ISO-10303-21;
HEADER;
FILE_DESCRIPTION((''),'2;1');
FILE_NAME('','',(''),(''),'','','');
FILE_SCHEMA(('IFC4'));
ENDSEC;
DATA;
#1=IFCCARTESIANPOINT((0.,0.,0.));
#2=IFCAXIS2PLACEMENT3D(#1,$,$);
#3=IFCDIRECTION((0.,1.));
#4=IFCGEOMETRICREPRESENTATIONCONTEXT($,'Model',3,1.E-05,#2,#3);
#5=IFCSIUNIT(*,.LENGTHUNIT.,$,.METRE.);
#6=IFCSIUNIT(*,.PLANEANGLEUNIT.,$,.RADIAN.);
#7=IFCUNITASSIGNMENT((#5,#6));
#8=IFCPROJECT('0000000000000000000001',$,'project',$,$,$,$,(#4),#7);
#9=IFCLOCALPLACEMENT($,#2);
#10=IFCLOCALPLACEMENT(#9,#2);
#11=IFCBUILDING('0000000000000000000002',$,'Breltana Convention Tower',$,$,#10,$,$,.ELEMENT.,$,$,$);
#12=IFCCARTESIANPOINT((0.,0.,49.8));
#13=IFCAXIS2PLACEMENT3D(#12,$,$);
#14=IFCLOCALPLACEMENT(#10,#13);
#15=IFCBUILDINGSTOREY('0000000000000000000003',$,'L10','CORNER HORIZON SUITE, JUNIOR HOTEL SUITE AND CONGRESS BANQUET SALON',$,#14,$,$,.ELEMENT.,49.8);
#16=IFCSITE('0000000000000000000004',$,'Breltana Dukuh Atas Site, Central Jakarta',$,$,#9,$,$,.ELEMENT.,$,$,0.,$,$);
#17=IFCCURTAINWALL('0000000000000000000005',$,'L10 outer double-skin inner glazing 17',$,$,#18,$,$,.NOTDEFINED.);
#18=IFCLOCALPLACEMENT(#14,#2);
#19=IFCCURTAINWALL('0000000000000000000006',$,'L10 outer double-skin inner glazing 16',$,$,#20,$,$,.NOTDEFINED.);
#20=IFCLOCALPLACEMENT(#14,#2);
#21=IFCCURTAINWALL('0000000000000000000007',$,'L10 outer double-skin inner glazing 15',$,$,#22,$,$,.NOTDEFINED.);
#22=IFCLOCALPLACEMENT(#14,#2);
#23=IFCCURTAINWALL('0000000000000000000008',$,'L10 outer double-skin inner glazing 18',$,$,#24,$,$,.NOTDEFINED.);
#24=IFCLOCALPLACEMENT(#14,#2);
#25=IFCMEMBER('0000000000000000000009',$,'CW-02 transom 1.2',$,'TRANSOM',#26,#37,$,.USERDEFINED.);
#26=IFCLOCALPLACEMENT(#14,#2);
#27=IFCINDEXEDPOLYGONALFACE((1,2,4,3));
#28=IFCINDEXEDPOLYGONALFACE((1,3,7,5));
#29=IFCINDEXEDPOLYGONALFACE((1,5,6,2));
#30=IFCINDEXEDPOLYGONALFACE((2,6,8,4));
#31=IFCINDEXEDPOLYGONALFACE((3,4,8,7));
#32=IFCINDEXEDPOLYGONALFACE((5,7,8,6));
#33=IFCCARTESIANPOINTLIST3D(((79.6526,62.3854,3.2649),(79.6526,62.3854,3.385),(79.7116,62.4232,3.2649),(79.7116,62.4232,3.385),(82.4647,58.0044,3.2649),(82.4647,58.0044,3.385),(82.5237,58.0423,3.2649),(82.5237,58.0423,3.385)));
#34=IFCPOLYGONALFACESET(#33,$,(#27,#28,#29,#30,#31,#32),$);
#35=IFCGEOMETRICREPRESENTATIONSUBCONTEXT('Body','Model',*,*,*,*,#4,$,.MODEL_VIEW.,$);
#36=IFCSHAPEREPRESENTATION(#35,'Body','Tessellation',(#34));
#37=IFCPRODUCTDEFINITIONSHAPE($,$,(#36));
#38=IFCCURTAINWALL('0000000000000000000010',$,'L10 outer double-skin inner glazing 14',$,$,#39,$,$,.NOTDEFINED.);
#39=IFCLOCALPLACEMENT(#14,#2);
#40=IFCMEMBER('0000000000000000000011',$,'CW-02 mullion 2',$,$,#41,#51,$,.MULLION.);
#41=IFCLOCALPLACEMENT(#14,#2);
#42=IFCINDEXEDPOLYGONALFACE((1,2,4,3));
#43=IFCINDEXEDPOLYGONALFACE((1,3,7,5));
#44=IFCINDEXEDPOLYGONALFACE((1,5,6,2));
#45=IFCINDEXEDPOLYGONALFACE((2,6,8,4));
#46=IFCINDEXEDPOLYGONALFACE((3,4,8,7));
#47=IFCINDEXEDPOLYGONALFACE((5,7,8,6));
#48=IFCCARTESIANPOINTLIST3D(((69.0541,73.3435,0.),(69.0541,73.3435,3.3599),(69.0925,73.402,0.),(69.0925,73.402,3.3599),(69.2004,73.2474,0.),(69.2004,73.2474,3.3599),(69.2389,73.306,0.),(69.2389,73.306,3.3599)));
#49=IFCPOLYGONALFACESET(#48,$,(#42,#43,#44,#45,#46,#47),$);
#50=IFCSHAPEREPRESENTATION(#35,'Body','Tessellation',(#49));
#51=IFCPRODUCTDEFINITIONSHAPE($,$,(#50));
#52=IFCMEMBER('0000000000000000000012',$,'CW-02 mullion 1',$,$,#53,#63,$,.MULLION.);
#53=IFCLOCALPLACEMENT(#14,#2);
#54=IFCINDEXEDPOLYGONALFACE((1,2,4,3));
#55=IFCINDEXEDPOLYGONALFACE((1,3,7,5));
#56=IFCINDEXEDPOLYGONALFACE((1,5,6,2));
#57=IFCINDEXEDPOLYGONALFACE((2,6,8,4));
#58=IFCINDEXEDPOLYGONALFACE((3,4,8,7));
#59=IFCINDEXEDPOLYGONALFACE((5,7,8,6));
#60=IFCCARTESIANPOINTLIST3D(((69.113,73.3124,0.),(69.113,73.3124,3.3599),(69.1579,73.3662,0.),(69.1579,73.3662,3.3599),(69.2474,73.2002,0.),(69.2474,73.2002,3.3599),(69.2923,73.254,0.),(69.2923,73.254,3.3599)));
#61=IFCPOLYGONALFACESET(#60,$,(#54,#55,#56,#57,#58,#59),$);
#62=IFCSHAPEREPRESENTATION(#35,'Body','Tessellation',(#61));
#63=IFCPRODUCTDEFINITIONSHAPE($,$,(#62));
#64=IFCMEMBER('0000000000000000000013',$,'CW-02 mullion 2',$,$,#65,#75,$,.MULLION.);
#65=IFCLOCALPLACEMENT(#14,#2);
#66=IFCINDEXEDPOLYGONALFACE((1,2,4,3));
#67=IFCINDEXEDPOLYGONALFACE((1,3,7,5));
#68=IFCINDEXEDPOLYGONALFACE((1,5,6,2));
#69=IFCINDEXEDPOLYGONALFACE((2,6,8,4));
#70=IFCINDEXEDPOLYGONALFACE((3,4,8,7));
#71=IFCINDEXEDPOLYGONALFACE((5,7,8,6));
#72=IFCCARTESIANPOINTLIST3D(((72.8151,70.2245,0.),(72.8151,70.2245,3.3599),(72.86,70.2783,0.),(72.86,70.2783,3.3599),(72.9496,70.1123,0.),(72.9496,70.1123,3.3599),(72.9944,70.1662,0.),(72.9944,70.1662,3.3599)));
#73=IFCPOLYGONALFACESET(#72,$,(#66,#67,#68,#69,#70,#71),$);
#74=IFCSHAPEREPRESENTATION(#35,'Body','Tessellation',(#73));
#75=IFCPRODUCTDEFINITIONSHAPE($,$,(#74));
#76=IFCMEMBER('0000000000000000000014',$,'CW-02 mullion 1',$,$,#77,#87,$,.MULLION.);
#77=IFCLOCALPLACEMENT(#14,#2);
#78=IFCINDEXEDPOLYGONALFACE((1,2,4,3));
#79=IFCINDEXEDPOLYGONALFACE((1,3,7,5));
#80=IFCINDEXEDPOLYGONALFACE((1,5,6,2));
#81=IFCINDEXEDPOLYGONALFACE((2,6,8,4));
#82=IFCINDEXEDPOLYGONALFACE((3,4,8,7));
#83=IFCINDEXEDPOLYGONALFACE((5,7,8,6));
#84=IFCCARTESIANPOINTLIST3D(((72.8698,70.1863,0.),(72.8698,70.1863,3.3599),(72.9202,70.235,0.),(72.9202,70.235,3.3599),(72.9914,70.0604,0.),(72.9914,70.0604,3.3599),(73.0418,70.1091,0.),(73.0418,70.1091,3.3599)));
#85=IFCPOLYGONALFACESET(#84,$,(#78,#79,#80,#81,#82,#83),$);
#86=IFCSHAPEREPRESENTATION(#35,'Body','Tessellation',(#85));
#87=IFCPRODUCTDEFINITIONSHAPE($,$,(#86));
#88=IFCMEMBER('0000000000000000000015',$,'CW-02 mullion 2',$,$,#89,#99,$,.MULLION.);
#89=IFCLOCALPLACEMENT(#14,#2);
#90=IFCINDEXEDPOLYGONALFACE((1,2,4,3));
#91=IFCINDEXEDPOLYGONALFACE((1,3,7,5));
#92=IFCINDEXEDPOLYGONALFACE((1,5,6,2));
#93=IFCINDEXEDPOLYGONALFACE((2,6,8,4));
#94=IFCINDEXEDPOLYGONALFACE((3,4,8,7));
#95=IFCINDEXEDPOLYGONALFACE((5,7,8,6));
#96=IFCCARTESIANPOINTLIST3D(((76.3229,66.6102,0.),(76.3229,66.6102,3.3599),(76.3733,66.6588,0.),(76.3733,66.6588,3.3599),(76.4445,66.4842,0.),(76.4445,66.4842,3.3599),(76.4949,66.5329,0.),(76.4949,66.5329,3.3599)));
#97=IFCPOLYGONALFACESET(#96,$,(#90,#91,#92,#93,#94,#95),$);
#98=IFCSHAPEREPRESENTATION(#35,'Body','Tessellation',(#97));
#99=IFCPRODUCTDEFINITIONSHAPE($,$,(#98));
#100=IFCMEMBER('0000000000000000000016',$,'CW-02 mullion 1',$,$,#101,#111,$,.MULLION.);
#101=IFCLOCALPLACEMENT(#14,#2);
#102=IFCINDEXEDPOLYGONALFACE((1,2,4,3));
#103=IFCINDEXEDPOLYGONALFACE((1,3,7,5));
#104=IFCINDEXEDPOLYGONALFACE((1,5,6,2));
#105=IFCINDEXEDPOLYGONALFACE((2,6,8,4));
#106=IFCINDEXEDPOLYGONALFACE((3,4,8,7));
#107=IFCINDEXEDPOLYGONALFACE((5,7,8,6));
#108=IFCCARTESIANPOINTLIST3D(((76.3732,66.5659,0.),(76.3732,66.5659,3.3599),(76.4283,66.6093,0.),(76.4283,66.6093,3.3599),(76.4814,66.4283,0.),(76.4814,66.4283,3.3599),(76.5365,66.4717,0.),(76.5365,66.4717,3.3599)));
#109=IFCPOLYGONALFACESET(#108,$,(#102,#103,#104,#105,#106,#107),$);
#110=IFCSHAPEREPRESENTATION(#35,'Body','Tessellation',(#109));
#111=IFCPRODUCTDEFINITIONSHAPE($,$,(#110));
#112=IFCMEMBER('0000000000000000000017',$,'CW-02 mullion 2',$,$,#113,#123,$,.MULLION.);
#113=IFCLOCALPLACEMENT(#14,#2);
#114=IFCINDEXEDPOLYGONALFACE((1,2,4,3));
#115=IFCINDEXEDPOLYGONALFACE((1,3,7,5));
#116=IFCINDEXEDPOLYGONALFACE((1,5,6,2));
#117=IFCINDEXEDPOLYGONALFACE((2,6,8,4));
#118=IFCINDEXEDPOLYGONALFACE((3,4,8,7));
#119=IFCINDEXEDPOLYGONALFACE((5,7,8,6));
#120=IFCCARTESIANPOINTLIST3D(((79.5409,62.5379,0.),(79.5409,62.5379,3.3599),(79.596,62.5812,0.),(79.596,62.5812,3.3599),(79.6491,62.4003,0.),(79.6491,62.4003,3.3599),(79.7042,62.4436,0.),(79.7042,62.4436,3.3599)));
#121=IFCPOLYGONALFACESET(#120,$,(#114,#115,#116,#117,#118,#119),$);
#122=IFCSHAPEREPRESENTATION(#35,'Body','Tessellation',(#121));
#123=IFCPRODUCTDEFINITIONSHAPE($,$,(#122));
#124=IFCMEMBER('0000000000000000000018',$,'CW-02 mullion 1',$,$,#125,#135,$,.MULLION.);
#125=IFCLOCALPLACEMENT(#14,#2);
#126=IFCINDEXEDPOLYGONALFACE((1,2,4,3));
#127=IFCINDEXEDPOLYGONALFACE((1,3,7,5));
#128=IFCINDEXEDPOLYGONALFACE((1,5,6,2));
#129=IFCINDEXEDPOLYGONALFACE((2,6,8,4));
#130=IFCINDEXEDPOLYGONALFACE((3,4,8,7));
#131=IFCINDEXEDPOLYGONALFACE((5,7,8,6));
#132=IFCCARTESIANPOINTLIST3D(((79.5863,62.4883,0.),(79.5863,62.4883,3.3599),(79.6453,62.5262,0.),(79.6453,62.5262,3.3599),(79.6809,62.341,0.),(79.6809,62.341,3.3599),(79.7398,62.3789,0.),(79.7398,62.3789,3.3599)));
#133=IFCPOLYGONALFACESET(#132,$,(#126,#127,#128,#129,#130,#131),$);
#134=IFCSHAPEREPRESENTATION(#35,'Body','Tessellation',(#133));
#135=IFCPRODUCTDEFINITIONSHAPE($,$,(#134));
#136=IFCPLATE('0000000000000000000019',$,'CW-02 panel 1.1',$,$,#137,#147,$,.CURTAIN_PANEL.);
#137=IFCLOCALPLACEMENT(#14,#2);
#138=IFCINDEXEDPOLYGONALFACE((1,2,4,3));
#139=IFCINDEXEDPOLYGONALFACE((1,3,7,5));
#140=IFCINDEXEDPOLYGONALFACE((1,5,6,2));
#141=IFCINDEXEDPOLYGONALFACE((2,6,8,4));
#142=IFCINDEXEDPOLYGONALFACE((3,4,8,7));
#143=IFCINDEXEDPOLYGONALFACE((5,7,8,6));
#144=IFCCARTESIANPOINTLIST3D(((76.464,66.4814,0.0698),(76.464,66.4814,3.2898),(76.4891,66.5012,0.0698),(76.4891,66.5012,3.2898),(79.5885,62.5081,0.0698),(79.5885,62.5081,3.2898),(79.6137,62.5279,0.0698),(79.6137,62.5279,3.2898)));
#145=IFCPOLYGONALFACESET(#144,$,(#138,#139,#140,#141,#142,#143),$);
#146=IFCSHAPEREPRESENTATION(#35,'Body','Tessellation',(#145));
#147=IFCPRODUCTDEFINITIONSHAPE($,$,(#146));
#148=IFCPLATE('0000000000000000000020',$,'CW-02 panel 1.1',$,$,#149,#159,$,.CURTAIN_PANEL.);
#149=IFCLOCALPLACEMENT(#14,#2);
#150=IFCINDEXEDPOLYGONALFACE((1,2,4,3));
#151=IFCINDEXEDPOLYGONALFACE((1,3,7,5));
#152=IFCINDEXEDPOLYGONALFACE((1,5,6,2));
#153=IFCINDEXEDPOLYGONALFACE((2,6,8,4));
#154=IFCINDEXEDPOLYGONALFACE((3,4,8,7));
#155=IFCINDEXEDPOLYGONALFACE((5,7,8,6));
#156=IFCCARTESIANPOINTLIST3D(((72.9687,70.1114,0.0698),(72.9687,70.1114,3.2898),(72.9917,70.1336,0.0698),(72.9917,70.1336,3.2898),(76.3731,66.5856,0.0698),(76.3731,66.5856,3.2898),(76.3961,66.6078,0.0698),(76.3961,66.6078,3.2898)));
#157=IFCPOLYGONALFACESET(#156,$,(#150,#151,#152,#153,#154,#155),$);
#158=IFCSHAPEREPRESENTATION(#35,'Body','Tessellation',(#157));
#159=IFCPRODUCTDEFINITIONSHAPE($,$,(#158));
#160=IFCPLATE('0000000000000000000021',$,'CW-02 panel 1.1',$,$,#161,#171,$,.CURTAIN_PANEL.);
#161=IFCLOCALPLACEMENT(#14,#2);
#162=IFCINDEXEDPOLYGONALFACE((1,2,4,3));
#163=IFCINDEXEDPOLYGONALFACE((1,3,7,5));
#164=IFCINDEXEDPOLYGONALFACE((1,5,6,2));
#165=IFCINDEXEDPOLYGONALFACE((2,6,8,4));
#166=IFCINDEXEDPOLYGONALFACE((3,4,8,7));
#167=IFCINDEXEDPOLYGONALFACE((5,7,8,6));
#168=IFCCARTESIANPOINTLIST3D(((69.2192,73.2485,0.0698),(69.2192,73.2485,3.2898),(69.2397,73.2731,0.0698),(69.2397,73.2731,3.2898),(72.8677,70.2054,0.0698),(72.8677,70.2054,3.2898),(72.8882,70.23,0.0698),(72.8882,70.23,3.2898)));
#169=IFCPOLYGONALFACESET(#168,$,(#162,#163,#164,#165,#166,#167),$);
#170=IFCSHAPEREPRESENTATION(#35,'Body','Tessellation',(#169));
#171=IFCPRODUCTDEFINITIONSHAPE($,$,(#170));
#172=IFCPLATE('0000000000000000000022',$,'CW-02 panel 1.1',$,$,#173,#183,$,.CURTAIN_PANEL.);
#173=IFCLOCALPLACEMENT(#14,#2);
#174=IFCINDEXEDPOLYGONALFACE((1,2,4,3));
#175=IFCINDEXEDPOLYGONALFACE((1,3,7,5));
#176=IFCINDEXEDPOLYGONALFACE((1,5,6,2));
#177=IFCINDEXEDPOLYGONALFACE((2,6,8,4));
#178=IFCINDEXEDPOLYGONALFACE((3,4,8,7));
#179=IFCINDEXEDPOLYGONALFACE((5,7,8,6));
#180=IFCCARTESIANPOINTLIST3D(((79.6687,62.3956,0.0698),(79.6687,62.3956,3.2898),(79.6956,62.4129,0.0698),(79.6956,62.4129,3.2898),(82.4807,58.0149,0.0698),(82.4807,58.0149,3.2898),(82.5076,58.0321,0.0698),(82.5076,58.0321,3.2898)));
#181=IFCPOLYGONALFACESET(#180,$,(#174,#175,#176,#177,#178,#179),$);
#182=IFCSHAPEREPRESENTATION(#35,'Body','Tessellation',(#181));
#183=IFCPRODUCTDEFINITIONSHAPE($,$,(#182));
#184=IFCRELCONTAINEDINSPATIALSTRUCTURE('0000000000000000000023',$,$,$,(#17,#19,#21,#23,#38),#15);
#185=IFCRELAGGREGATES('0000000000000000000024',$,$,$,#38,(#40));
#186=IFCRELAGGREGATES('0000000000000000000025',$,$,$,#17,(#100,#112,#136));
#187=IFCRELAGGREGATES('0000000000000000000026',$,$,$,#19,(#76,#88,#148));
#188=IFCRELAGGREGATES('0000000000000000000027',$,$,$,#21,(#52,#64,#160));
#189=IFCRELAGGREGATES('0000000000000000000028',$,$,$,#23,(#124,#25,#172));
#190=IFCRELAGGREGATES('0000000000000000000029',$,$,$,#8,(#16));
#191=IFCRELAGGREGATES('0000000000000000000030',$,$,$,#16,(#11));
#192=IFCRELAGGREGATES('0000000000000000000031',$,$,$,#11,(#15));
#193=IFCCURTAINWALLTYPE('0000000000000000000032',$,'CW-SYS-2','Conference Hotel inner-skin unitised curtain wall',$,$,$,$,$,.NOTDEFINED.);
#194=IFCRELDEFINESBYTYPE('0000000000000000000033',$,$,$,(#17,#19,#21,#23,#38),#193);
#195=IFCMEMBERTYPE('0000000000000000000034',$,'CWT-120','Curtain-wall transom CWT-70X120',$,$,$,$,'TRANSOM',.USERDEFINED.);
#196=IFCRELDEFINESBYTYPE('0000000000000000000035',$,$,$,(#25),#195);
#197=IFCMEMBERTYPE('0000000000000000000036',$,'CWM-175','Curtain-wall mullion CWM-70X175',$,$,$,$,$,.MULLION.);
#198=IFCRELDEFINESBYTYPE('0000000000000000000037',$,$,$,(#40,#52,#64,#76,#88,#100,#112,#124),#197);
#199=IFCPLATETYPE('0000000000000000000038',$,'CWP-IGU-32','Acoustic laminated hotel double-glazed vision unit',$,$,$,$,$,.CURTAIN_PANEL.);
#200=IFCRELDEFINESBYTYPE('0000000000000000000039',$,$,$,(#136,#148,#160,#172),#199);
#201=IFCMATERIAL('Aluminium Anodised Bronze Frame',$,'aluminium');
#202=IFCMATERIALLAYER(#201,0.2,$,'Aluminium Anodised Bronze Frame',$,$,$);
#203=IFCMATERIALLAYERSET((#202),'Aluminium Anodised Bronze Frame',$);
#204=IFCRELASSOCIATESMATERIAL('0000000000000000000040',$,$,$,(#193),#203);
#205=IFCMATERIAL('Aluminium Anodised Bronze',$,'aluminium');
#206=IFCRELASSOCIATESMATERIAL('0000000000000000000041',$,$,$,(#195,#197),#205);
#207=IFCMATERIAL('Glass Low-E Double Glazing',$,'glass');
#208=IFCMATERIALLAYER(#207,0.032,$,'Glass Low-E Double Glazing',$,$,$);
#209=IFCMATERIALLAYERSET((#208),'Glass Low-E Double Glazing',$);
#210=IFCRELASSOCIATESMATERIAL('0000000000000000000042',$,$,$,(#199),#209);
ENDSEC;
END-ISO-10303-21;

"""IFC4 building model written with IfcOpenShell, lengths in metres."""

from ifc_helpers import new_model, si_unit, direction, frame, origin, origin_2d, place, context, subcontext, project, spatial, rectangle, extrude, source, transform, mapped, material, layer, layer_set, material_profile, profile_set, type_object, element, aggregate, save


model = new_model("IFC4")

# Units and contexts
model_context = context("Model", 3, precision=1e-05, world=origin(), true_north=direction((0.0, 1.0)))
body_context = subcontext(model_context, "Body", "Model", "MODEL_VIEW")
ifc_project = project(units=[si_unit("LENGTHUNIT", "METRE"), si_unit("PLANEANGLEUNIT", "RADIAN")], contexts=[model_context])

# Site, building, storey
site_placement = place(None, origin())
site = spatial("IfcSite", under=ifc_project, at=site_placement, Name="Breltana Dukuh Atas Site, Central Jakarta", CompositionType="ELEMENT", RefElevation=0.0)
building_placement = place(site_placement, origin())
building = spatial("IfcBuilding", under=site, at=building_placement, Name="Breltana Convention Tower", CompositionType="ELEMENT")
storey_placement = place(building_placement, frame((0.0, 0.0, 49.8)))
storey = spatial("IfcBuildingStorey", under=building, at=storey_placement, Name="L10", Description="CORNER HORIZON SUITE, JUNIOR HOTEL SUITE AND CONGRESS BANQUET SALON", CompositionType="ELEMENT", Elevation=49.8)

# Curtain walls, member
ifc_material_1 = material(Name="Aluminium Anodised Bronze Frame", Category="aluminium")
ifc_layer_1 = layer(ifc_material_1, 0.2, Name="Aluminium Anodised Bronze Frame")
ifc_layer_set_1 = layer_set([ifc_layer_1], Name="Aluminium Anodised Bronze Frame")
curtain_wall_type = type_object("IfcCurtainWallType", Name="CW-SYS-2", Description="Conference Hotel inner-skin unitised curtain wall", PredefinedType="NOTDEFINED", material=ifc_layer_set_1)
curtain_wall_1_placement = place(storey_placement, origin())
curtain_wall_1 = element("IfcCurtainWall", 1, at=curtain_wall_1_placement, inside=storey, type_object=curtain_wall_type, Name="L10 outer double-skin inner glazing 17", PredefinedType="NOTDEFINED")
ifc_material_2 = material(Name="Aluminium Anodised Bronze", Category="aluminium")
ifc_material_profile_1 = material_profile(ifc_material_2, rectangle(XDim=0.0701, YDim=0.1201, at=origin_2d()), Name="CWT-70X120")
ifc_profile_set_1 = profile_set([ifc_material_profile_1], Name="Aluminium Anodised Bronze")
member_type_1 = type_object("IfcMemberType", Name="CWT-120", Description="Curtain-wall transom CWT-70X120", ElementType="TRANSOM", PredefinedType="USERDEFINED", material=ifc_profile_set_1)
curtain_wall_2_placement = place(storey_placement, origin())
curtain_wall_2 = element("IfcCurtainWall", 2, at=curtain_wall_2_placement, inside=storey, type_object=curtain_wall_type, Name="L10 outer double-skin inner glazing 16", PredefinedType="NOTDEFINED")
curtain_wall_3_placement = place(storey_placement, origin())
curtain_wall_3 = element("IfcCurtainWall", 3, at=curtain_wall_3_placement, inside=storey, type_object=curtain_wall_type, Name="L10 outer double-skin inner glazing 15", PredefinedType="NOTDEFINED")
curtain_wall_4_placement = place(storey_placement, origin())
curtain_wall_4 = element("IfcCurtainWall", 4, at=curtain_wall_4_placement, inside=storey, type_object=curtain_wall_type, Name="L10 outer double-skin inner glazing 18", PredefinedType="NOTDEFINED")
shared_shape_1 = source(origin(), body_context, "Body", "SweptSolid", [
    extrude(rectangle(XDim=0.0701, YDim=0.1201, at=origin_2d()), origin(), (0.0, 0.0, 1.0), 5.2058),
])
member_1_placement = place(storey_placement, frame((79.6821, 62.4043, 3.325), z_axis=(0.540179, -0.84155, 0.0), x_axis=(0.84155, 0.540179, 0.0)))
member_1 = element("IfcMember", 5, at=member_1_placement, type_object=member_type_1, Name="CW-02 transom 1.2", ObjectType="TRANSOM", PredefinedType="USERDEFINED", context=body_context, shape_type="MappedRepresentation", body=[
    mapped(shared_shape_1, transform((0.0, 0.0, 0.0), scale=1.0)),
])

# Curtain wall, member
curtain_wall_5_placement = place(storey_placement, origin())
curtain_wall_5 = element("IfcCurtainWall", 6, at=curtain_wall_5_placement, inside=storey, type_object=curtain_wall_type, Name="L10 outer double-skin inner glazing 14", PredefinedType="NOTDEFINED")
ifc_material_profile_2 = material_profile(ifc_material_2, rectangle(XDim=0.0701, YDim=0.175, at=origin_2d()), Name="CWM-70X175")
ifc_profile_set_2 = profile_set([ifc_material_profile_2], Name="Aluminium Anodised Bronze")
member_type_2 = type_object("IfcMemberType", Name="CWM-175", Description="Curtain-wall mullion CWM-70X175", PredefinedType="MULLION", material=ifc_profile_set_2)
shared_shape_2 = source(origin(), body_context, "Body", "SweptSolid", [
    extrude(rectangle(XDim=0.0701, YDim=0.175, at=origin_2d()), origin(), (0.0, 0.0, 1.0), 3.3599),
])
member_2_placement = place(storey_placement, frame((69.1465, 73.3247, 0.0), z_axis=(0.0, 0.0, 1.0), x_axis=(0.548784, 0.835964, 0.0)))
member_2 = element("IfcMember", 7, at=member_2_placement, type_object=member_type_2, Name="CW-02 mullion 2", PredefinedType="MULLION", context=body_context, shape_type="MappedRepresentation", body=[
    mapped(shared_shape_2, transform((0.0, 0.0, 0.0), scale=1.0)),
])
aggregate(curtain_wall_5, [member_2])

# Members
member_3_placement = place(storey_placement, frame((69.2026, 73.2832, 0.0), z_axis=(0.0, 0.0, 1.0), x_axis=(0.64052, 0.767941, 0.0)))
member_3 = element("IfcMember", 8, at=member_3_placement, type_object=member_type_2, Name="CW-02 mullion 1", PredefinedType="MULLION", context=body_context, shape_type="MappedRepresentation", body=[
    mapped(shared_shape_2, transform((0.0, 0.0, 0.0), scale=1.0)),
])
member_4_placement = place(storey_placement, frame((72.9048, 70.1953, 0.0), z_axis=(0.0, 0.0, 1.0), x_axis=(0.64052, 0.767941, 0.0)))
member_4 = element("IfcMember", 9, at=member_4_placement, type_object=member_type_2, Name="CW-02 mullion 2", PredefinedType="MULLION", context=body_context, shape_type="MappedRepresentation", body=[
    mapped(shared_shape_2, transform((0.0, 0.0, 0.0), scale=1.0)),
])
member_5_placement = place(storey_placement, frame((72.9558, 70.1477, 0.0), z_axis=(0.0, 0.0, 1.0), x_axis=(0.719386, 0.69461, 0.0)))
member_5 = element("IfcMember", 10, at=member_5_placement, type_object=member_type_2, Name="CW-02 mullion 1", PredefinedType="MULLION", context=body_context, shape_type="MappedRepresentation", body=[
    mapped(shared_shape_2, transform((0.0, 0.0, 0.0), scale=1.0)),
])
member_6_placement = place(storey_placement, frame((76.4089, 66.5715, 0.0), z_axis=(0.0, 0.0, 1.0), x_axis=(0.719386, 0.69461, 0.0)))
member_6 = element("IfcMember", 11, at=member_6_placement, type_object=member_type_2, Name="CW-02 mullion 2", PredefinedType="MULLION", context=body_context, shape_type="MappedRepresentation", body=[
    mapped(shared_shape_2, transform((0.0, 0.0, 0.0), scale=1.0)),
])
member_7_placement = place(storey_placement, frame((76.4548, 66.5188, 0.0), z_axis=(0.0, 0.0, 1.0), x_axis=(0.786057, 0.618154, 0.0)))
member_7 = element("IfcMember", 12, at=member_7_placement, type_object=member_type_2, Name="CW-02 mullion 1", PredefinedType="MULLION", context=body_context, shape_type="MappedRepresentation", body=[
    mapped(shared_shape_2, transform((0.0, 0.0, 0.0), scale=1.0)),
])
member_8_placement = place(storey_placement, frame((79.6226, 62.4907, 0.0), z_axis=(0.0, 0.0, 1.0), x_axis=(0.786057, 0.618154, 0.0)))
member_8 = element("IfcMember", 13, at=member_8_placement, type_object=member_type_2, Name="CW-02 mullion 2", PredefinedType="MULLION", context=body_context, shape_type="MappedRepresentation", body=[
    mapped(shared_shape_2, transform((0.0, 0.0, 0.0), scale=1.0)),
])
member_9_placement = place(storey_placement, frame((79.6631, 62.4336, 0.0), z_axis=(0.0, 0.0, 1.0), x_axis=(0.841549, 0.540181, 0.0)))
member_9 = element("IfcMember", 14, at=member_9_placement, type_object=member_type_2, Name="CW-02 mullion 1", PredefinedType="MULLION", context=body_context, shape_type="MappedRepresentation", body=[
    mapped(shared_shape_2, transform((0.0, 0.0, 0.0), scale=1.0)),
])

# Plates
ifc_material_3 = material(Name="Glass Low-E Double Glazing", Category="glass")
ifc_layer_2 = layer(ifc_material_3, 0.032, Name="Glass Low-E Double Glazing")
ifc_layer_set_2 = layer_set([ifc_layer_2], Name="Glass Low-E Double Glazing")
plate_type = type_object("IfcPlateType", Name="CWP-IGU-32", Description="Acoustic laminated hotel double-glazed vision unit", PredefinedType="CURTAIN_PANEL", material=ifc_layer_set_2)
shared_shape_3 = source(origin(), body_context, "Body", "SweptSolid", [
    extrude(rectangle(XDim=5.0547, YDim=0.032, at=origin_2d()), origin(), (0.0, 0.0, 1.0), 3.22),
])
plate_1_placement = place(storey_placement, frame((78.0388, 64.5046, 0.0698), z_axis=(0.0, 0.0, 1.0), x_axis=(0.618154, -0.786057, 0.0)))
plate_1 = element("IfcPlate", 15, at=plate_1_placement, type_object=plate_type, Name="CW-02 panel 1.1", PredefinedType="CURTAIN_PANEL", context=body_context, shape_type="MappedRepresentation", body=[
    mapped(shared_shape_3, transform((0.0, 0.0, 0.0), scale=1.0)),
])
aggregate(curtain_wall_1, [member_7, member_8, plate_1])
shared_shape_4 = source(origin(), body_context, "Body", "SweptSolid", [
    extrude(rectangle(XDim=4.9011, YDim=0.032, at=origin_2d()), origin(), (0.0, 0.0, 1.0), 3.22),
])
plate_2_placement = place(storey_placement, frame((74.6824, 68.3596, 0.0698), z_axis=(0.0, 0.0, 1.0), x_axis=(0.69461, -0.719386, 0.0)))
plate_2 = element("IfcPlate", 16, at=plate_2_placement, type_object=plate_type, Name="CW-02 panel 1.1", PredefinedType="CURTAIN_PANEL", context=body_context, shape_type="MappedRepresentation", body=[
    mapped(shared_shape_4, transform((0.0, 0.0, 0.0), scale=1.0)),
])
aggregate(curtain_wall_2, [member_5, member_6, plate_2])
shared_shape_5 = source(origin(), body_context, "Body", "SweptSolid", [
    extrude(rectangle(XDim=4.751, YDim=0.032, at=origin_2d()), origin(), (0.0, 0.0, 1.0), 3.22),
])
plate_3_placement = place(storey_placement, frame((71.0537, 71.7393, 0.0698), z_axis=(0.0, 0.0, 1.0), x_axis=(0.767941, -0.64052, 0.0)))
plate_3 = element("IfcPlate", 17, at=plate_3_placement, type_object=plate_type, Name="CW-02 panel 1.1", PredefinedType="CURTAIN_PANEL", context=body_context, shape_type="MappedRepresentation", body=[
    mapped(shared_shape_5, transform((0.0, 0.0, 0.0), scale=1.0)),
])
aggregate(curtain_wall_3, [member_3, member_4, plate_3])
shared_shape_6 = source(origin(), body_context, "Body", "SweptSolid", [
    extrude(rectangle(XDim=5.2056, YDim=0.032, at=origin_2d()), origin(), (0.0, 0.0, 1.0), 3.22),
])
plate_4_placement = place(storey_placement, frame((81.0881, 60.2139, 0.0698), z_axis=(0.0, 0.0, 1.0), x_axis=(0.540181, -0.841549, 0.0)))
plate_4 = element("IfcPlate", 18, at=plate_4_placement, type_object=plate_type, Name="CW-02 panel 1.1", PredefinedType="CURTAIN_PANEL", context=body_context, shape_type="MappedRepresentation", body=[
    mapped(shared_shape_6, transform((0.0, 0.0, 0.0), scale=1.0)),
])
aggregate(curtain_wall_4, [member_9, member_1, plate_4])

save(model, "model.ifc")
